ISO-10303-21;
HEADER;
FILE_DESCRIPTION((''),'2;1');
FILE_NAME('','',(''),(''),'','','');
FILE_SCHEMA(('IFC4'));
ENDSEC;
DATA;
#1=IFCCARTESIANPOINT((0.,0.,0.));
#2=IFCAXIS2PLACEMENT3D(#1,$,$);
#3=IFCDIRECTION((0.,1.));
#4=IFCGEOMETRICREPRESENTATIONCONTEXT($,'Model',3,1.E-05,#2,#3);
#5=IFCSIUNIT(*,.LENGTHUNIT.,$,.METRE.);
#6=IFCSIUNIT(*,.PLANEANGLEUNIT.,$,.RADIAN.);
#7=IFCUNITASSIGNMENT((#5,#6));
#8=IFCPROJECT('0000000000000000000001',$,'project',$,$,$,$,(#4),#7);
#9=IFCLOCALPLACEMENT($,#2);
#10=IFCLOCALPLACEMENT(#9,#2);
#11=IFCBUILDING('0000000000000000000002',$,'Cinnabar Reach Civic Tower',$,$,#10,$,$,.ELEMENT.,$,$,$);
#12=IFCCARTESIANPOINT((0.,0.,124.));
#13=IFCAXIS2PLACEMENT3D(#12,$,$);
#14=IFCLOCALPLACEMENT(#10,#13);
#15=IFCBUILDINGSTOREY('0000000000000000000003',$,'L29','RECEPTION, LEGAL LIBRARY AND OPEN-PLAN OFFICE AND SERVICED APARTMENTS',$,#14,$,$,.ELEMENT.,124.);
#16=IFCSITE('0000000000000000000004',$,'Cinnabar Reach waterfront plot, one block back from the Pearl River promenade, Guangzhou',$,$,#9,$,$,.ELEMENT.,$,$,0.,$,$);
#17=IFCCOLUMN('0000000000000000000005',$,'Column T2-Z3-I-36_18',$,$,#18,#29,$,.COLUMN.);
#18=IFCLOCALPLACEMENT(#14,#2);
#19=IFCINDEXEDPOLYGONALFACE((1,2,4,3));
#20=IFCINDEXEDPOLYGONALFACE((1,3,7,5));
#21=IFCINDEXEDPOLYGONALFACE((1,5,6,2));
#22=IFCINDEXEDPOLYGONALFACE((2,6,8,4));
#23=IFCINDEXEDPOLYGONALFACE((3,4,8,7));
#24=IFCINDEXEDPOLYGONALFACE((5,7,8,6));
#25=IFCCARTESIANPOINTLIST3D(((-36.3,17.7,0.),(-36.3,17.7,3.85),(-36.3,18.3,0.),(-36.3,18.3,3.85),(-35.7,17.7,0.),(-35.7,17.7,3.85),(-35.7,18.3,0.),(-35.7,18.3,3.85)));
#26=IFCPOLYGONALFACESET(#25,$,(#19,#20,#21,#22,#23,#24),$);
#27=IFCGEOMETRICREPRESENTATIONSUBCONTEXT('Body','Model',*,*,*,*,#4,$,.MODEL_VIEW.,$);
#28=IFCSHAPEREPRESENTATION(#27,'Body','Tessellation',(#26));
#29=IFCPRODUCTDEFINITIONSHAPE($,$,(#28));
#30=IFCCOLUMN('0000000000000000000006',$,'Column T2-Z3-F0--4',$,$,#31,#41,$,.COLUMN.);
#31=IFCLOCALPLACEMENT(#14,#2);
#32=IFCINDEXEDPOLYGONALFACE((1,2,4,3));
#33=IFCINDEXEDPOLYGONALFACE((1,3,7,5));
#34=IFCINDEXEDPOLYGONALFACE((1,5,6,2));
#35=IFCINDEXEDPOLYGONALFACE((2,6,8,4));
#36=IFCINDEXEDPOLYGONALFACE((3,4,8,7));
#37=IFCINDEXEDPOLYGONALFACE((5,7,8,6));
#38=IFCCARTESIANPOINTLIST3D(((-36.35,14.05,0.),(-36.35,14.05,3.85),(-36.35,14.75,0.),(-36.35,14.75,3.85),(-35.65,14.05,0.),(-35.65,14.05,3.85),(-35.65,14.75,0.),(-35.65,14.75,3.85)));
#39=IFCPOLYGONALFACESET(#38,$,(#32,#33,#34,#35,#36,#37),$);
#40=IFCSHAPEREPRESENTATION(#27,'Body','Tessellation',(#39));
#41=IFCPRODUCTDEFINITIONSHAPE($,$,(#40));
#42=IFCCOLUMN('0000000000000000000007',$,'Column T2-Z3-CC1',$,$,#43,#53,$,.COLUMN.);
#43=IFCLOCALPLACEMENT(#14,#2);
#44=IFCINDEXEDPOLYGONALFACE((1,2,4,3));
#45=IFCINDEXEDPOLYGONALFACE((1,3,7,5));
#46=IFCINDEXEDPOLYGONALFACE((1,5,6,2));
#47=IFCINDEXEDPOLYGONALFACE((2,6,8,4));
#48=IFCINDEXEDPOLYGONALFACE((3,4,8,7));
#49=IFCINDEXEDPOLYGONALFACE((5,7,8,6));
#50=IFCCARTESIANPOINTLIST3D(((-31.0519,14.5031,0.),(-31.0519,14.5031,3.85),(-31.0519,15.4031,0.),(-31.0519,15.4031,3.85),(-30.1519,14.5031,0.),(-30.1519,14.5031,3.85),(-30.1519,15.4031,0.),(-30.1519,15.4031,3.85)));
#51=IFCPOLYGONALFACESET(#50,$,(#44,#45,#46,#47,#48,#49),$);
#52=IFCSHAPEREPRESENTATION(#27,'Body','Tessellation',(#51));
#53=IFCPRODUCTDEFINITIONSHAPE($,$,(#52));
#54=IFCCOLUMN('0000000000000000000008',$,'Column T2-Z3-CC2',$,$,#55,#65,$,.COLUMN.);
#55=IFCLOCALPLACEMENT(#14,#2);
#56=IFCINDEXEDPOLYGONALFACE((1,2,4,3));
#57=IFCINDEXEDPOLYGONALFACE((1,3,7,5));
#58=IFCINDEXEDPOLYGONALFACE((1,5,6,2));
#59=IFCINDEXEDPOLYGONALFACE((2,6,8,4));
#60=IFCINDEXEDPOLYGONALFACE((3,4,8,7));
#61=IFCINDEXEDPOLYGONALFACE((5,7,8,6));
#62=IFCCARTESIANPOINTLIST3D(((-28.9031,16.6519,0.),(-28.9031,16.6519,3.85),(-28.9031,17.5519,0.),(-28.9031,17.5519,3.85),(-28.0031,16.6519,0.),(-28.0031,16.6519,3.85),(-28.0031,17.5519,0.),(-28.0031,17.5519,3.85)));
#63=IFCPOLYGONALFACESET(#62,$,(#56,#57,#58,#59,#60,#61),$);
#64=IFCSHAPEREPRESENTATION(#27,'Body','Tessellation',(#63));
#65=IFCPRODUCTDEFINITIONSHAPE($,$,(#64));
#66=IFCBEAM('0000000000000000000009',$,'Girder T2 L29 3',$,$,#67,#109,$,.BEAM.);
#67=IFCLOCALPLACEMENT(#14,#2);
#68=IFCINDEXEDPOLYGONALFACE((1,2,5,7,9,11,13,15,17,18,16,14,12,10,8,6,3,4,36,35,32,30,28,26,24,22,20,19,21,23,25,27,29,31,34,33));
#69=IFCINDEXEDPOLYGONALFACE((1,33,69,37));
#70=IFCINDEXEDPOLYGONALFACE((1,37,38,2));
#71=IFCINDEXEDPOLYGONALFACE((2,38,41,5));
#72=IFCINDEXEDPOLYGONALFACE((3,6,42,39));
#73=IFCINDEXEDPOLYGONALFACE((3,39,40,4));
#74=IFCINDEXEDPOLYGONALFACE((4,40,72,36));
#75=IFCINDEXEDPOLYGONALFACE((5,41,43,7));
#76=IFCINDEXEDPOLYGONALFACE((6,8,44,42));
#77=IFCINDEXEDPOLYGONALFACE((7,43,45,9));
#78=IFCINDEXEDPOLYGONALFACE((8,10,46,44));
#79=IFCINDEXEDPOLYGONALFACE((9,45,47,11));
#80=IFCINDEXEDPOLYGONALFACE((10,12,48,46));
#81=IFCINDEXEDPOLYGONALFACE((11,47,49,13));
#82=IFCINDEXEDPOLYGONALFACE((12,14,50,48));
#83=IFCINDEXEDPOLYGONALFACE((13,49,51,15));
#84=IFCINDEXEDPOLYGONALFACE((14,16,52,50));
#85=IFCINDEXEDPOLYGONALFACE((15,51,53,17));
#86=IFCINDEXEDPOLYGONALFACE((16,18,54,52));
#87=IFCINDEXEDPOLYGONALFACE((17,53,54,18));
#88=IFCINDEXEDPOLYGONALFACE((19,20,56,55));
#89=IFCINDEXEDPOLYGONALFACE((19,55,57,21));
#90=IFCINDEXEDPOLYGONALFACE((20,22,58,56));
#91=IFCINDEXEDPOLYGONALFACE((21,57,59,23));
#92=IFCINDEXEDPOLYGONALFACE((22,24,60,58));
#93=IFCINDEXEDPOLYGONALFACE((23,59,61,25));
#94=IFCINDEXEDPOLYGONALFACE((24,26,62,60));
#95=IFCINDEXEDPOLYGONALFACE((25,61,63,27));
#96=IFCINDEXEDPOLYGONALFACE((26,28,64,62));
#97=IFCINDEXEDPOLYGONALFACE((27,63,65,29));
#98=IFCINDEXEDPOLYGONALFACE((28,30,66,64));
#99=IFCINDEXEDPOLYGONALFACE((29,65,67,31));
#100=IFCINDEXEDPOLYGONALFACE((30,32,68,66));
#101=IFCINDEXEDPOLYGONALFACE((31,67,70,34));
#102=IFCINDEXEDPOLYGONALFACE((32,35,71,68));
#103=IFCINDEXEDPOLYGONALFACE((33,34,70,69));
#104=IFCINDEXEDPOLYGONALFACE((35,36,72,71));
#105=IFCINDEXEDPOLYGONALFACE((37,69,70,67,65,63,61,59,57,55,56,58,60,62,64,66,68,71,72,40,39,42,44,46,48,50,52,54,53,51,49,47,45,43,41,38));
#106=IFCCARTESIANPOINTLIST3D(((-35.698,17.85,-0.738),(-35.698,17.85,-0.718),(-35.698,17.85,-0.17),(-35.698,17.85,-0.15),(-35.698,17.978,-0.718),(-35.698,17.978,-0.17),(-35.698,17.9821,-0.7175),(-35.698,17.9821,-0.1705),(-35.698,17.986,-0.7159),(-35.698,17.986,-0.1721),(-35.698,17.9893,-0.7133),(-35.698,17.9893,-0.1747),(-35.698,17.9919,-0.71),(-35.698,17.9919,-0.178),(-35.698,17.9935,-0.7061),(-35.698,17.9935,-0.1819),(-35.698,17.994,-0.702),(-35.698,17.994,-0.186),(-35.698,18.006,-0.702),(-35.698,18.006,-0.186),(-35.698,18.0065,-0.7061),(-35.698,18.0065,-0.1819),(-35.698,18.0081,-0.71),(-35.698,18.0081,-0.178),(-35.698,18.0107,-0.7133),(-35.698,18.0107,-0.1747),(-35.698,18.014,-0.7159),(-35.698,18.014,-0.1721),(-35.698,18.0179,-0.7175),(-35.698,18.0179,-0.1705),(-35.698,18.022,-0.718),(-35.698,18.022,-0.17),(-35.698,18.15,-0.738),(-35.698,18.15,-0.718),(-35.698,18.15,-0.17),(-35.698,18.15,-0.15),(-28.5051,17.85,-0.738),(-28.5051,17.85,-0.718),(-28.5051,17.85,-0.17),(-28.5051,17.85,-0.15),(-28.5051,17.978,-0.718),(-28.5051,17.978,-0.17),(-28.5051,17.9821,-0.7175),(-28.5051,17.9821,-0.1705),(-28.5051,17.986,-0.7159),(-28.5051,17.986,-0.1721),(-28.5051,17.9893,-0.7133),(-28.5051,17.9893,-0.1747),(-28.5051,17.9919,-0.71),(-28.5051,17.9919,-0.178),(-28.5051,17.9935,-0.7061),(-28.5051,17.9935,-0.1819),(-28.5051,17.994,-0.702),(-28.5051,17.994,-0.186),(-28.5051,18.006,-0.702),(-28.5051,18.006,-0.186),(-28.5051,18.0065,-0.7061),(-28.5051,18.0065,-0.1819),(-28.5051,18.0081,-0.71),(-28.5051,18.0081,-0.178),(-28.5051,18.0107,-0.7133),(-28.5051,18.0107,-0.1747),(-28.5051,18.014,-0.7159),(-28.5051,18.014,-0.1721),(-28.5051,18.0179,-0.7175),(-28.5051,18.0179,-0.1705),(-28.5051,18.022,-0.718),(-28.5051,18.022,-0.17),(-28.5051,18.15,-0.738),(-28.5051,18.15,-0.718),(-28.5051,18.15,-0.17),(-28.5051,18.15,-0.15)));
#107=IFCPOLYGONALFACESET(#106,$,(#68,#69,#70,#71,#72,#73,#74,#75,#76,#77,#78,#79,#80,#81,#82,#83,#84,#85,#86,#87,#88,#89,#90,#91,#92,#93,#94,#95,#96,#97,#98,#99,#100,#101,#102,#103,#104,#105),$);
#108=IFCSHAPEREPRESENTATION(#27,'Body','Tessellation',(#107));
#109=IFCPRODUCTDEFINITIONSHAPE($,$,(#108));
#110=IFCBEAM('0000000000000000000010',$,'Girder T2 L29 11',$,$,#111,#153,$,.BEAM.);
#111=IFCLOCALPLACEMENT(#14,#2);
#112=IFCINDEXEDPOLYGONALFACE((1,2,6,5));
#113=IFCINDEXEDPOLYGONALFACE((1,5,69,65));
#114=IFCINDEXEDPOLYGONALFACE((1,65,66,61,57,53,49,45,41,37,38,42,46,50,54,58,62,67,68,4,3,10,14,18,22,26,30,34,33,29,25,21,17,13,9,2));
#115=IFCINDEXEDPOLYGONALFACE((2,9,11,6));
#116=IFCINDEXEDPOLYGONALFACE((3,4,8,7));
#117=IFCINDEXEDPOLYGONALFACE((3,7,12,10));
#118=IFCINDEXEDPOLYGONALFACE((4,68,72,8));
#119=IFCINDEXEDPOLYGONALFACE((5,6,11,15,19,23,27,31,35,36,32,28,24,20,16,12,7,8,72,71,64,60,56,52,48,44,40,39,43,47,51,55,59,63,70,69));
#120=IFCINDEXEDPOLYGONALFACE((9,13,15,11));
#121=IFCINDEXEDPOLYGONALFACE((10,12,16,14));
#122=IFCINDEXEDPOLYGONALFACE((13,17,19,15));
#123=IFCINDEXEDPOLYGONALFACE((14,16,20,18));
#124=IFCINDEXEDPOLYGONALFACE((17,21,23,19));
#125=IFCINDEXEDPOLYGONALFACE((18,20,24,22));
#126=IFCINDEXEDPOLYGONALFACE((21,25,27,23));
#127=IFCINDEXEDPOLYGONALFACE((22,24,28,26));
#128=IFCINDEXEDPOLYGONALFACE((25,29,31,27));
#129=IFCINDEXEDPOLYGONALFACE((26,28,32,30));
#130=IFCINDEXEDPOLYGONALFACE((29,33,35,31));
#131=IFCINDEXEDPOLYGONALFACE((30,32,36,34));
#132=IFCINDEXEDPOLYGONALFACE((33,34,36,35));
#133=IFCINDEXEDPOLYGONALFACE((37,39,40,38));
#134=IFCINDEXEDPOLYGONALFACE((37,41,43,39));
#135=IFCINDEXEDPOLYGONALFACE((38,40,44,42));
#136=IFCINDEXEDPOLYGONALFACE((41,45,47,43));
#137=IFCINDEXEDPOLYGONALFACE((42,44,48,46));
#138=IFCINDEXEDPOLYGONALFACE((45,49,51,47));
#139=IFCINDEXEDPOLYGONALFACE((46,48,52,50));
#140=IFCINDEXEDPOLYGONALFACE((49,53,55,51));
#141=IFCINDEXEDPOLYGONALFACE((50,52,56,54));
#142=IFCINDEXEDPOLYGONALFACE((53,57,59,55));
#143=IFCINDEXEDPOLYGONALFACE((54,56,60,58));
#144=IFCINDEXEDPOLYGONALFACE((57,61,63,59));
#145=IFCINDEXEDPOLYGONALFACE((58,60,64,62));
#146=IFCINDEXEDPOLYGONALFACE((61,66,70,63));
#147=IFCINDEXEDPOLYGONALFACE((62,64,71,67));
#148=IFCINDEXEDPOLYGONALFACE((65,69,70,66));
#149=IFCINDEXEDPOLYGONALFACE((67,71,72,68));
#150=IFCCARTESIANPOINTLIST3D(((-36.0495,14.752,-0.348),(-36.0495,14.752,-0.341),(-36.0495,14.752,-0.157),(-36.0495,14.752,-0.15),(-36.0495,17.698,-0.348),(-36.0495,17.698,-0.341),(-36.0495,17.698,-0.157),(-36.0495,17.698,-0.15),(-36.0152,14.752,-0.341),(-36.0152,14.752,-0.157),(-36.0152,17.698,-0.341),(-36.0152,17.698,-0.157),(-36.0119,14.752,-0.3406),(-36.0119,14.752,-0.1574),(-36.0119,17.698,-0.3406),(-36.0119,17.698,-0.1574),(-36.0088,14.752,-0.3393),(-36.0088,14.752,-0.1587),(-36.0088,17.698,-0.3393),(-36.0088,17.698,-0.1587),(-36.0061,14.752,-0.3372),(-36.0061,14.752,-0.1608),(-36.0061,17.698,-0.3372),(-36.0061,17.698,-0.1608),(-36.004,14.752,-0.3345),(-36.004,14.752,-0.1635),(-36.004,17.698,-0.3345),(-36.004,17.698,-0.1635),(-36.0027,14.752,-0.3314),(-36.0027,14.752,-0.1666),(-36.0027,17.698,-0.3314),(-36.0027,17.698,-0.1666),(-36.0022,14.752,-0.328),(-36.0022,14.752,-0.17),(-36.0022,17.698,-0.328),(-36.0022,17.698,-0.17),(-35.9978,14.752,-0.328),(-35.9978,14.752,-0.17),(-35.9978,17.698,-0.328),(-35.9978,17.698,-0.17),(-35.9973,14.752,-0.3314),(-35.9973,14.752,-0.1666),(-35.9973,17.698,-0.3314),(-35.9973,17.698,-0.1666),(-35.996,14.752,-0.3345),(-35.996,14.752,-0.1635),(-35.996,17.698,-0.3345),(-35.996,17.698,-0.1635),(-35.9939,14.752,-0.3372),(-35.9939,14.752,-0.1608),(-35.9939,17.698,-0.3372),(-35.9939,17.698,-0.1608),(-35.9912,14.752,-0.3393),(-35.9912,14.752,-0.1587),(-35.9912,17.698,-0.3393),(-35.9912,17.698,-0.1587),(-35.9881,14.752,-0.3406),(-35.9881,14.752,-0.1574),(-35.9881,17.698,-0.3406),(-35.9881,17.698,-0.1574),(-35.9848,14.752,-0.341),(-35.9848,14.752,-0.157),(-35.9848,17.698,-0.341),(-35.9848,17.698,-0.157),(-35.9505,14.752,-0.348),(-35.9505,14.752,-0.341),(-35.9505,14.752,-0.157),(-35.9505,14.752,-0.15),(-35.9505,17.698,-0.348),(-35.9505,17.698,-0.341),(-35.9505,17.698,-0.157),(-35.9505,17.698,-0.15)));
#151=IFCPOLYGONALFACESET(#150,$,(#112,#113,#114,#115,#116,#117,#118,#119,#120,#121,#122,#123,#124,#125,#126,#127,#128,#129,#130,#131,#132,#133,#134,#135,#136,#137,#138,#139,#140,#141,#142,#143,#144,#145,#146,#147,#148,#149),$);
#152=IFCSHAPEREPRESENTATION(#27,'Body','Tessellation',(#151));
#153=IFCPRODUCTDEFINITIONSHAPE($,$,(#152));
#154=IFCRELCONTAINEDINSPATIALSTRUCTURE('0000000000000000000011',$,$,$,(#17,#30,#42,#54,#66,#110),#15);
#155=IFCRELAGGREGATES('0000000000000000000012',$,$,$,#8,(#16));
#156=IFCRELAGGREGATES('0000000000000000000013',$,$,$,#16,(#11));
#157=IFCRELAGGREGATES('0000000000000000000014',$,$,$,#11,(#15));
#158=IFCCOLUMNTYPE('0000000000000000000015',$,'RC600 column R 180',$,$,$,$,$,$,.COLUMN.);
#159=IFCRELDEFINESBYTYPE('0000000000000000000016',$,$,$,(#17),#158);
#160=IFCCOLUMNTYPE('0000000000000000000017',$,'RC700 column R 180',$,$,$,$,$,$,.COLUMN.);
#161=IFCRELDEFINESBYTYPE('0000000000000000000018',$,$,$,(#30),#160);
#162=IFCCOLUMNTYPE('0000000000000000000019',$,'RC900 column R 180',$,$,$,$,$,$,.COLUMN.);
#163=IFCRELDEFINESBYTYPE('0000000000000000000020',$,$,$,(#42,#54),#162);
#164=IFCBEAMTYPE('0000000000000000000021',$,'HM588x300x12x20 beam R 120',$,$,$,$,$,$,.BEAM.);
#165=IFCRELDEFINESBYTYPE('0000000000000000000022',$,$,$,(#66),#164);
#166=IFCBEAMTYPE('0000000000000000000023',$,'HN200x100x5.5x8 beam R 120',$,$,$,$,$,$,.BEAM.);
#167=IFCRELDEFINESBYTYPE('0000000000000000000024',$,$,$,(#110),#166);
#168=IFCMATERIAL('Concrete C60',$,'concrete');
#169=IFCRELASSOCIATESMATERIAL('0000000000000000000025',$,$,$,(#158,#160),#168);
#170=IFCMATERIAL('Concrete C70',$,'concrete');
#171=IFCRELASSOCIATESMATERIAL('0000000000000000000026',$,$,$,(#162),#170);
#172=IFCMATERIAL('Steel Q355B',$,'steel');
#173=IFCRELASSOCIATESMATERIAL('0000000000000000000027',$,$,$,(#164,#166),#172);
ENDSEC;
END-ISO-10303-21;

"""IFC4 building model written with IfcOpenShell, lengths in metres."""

from ifc_helpers import new_model, si_unit, direction, frame, origin, origin_2d, place, context, subcontext, project, spatial, rectangle, i_section, extrude, material, material_profile, profile_set, type_object, element, save


model = new_model("IFC4")

# Units and contexts
model_context = context("Model", 3, precision=1e-05, world=origin(), true_north=direction((0.0, 1.0)))
body_context = subcontext(model_context, "Body", "Model", "MODEL_VIEW")
ifc_project = project(units=[si_unit("LENGTHUNIT", "METRE"), si_unit("PLANEANGLEUNIT", "RADIAN")], contexts=[model_context])

# Site, building, storey
site_placement = place(None, origin())
site = spatial("IfcSite", under=ifc_project, at=site_placement, Name="Cinnabar Reach waterfront plot, one block back from the Pearl River promenade, Guangzhou", CompositionType="ELEMENT", RefElevation=0.0)
building_placement = place(site_placement, origin())
building = spatial("IfcBuilding", under=site, at=building_placement, Name="Cinnabar Reach Civic Tower", CompositionType="ELEMENT")
storey_placement = place(building_placement, frame((0.0, 0.0, 124.0)))
storey = spatial("IfcBuildingStorey", under=building, at=storey_placement, Name="L29", Description="RECEPTION, LEGAL LIBRARY AND OPEN-PLAN OFFICE AND SERVICED APARTMENTS", CompositionType="ELEMENT", Elevation=124.0)

# Columns
ifc_material_1 = material(Name="Concrete C60", Category="concrete")
ifc_material_profile_1 = material_profile(ifc_material_1, rectangle(XDim=0.6, YDim=0.6, at=origin_2d()), Name="RC600")
ifc_profile_set_1 = profile_set([ifc_material_profile_1], Name="Concrete C60")
column_type_1 = type_object("IfcColumnType", Name="RC600 column R 180", PredefinedType="COLUMN", material=ifc_profile_set_1)
column_1_placement = place(storey_placement, frame((-36.0, 18.0, 0.0), z_axis=(0.0, 0.0, 1.0), x_axis=(1.0, 0.0, 0.0)))
element("IfcColumn", 1, at=column_1_placement, inside=storey, type_object=column_type_1, Name="Column T2-Z3-I-36_18", PredefinedType="COLUMN", context=body_context, shape_type="SweptSolid", body=[
    extrude(rectangle(XDim=0.6, YDim=0.6, at=origin_2d()), origin(), (0.0, 0.0, 1.0), 3.85),
])
ifc_material_profile_2 = material_profile(ifc_material_1, rectangle(XDim=0.7, YDim=0.7, at=origin_2d()), Name="RC700")
ifc_profile_set_2 = profile_set([ifc_material_profile_2], Name="Concrete C60")
column_type_2 = type_object("IfcColumnType", Name="RC700 column R 180", PredefinedType="COLUMN", material=ifc_profile_set_2)
column_2_placement = place(storey_placement, frame((-36.0, 14.4, 0.0), z_axis=(0.0, 0.0, 1.0), x_axis=(1.0, 0.0, 0.0)))
element("IfcColumn", 2, at=column_2_placement, inside=storey, type_object=column_type_2, Name="Column T2-Z3-F0--4", PredefinedType="COLUMN", context=body_context, shape_type="SweptSolid", body=[
    extrude(rectangle(XDim=0.7, YDim=0.7, at=origin_2d()), origin(), (0.0, 0.0, 1.0), 3.85),
])
ifc_material_2 = material(Name="Concrete C70", Category="concrete")
ifc_material_profile_3 = material_profile(ifc_material_2, rectangle(XDim=0.9, YDim=0.9, at=origin_2d()), Name="RC900")
ifc_profile_set_3 = profile_set([ifc_material_profile_3], Name="Concrete C70")
column_type_3 = type_object("IfcColumnType", Name="RC900 column R 180", PredefinedType="COLUMN", material=ifc_profile_set_3)
for number, where, z_axis, x_axis, name in (
    (3, (-30.6019, 14.9531, 0.0), (0.0, 0.0, 1.0), (1.0, 0.0, 0.0), "Column T2-Z3-CC1"),
    (4, (-28.4531, 17.1019, 0.0), (0.0, 0.0, 1.0), (1.0, 0.0, 0.0), "Column T2-Z3-CC2"),
):
    element("IfcColumn", number, at=place(storey_placement, frame(where, z_axis=z_axis, x_axis=x_axis)), inside=storey, type_object=column_type_3, Name=name, PredefinedType="COLUMN", context=body_context, shape_type="SweptSolid", body=[
        extrude(rectangle(XDim=0.9, YDim=0.9, at=origin_2d()), origin(), (0.0, 0.0, 1.0), 3.85),
    ])

# Beams
ifc_material_3 = material(Name="Steel Q355B", Category="steel")
ifc_material_profile_4 = material_profile(ifc_material_3, i_section(OverallWidth=0.3, OverallDepth=0.588, WebThickness=0.012, FlangeThickness=0.02, FilletRadius=0.016, at=origin_2d()), Name="HM588x300x12x20")
ifc_profile_set_4 = profile_set([ifc_material_profile_4], Name="Steel Q355B")
beam_type_1 = type_object("IfcBeamType", Name="HM588x300x12x20 beam R 120", PredefinedType="BEAM", material=ifc_profile_set_4)
beam_1_placement = place(storey_placement, frame((-35.698, 18.0, -0.444), z_axis=(1.0, 0.0, 0.0), x_axis=(0.0, 1.0, 0.0)))
element("IfcBeam", 5, at=beam_1_placement, inside=storey, type_object=beam_type_1, Name="Girder T2 L29 3", PredefinedType="BEAM", context=body_context, shape_type="SweptSolid", body=[
    extrude(i_section(OverallWidth=0.3, OverallDepth=0.588, WebThickness=0.012, FlangeThickness=0.02, FilletRadius=0.016, at=origin_2d()), origin(), (0.0, 0.0, 1.0), 7.1929),
])
ifc_material_profile_5 = material_profile(ifc_material_3, i_section(OverallWidth=0.099, OverallDepth=0.198, WebThickness=0.0045, FlangeThickness=0.007, FilletRadius=0.013, at=origin_2d()), Name="HN200x100x5.5x8")
ifc_profile_set_5 = profile_set([ifc_material_profile_5], Name="Steel Q355B")
beam_type_2 = type_object("IfcBeamType", Name="HN200x100x5.5x8 beam R 120", PredefinedType="BEAM", material=ifc_profile_set_5)
beam_2_placement = place(storey_placement, frame((-36.0, 14.752, -0.249), z_axis=(0.0, 1.0, 0.0), x_axis=(-1.0, 0.0, 0.0)))
element("IfcBeam", 6, at=beam_2_placement, inside=storey, type_object=beam_type_2, Name="Girder T2 L29 11", PredefinedType="BEAM", context=body_context, shape_type="SweptSolid", body=[
    extrude(i_section(OverallWidth=0.099, OverallDepth=0.198, WebThickness=0.0045, FlangeThickness=0.007, FilletRadius=0.013, at=origin_2d()), origin(), (0.0, 0.0, 1.0), 2.946),
])

save(model, "model.ifc")
